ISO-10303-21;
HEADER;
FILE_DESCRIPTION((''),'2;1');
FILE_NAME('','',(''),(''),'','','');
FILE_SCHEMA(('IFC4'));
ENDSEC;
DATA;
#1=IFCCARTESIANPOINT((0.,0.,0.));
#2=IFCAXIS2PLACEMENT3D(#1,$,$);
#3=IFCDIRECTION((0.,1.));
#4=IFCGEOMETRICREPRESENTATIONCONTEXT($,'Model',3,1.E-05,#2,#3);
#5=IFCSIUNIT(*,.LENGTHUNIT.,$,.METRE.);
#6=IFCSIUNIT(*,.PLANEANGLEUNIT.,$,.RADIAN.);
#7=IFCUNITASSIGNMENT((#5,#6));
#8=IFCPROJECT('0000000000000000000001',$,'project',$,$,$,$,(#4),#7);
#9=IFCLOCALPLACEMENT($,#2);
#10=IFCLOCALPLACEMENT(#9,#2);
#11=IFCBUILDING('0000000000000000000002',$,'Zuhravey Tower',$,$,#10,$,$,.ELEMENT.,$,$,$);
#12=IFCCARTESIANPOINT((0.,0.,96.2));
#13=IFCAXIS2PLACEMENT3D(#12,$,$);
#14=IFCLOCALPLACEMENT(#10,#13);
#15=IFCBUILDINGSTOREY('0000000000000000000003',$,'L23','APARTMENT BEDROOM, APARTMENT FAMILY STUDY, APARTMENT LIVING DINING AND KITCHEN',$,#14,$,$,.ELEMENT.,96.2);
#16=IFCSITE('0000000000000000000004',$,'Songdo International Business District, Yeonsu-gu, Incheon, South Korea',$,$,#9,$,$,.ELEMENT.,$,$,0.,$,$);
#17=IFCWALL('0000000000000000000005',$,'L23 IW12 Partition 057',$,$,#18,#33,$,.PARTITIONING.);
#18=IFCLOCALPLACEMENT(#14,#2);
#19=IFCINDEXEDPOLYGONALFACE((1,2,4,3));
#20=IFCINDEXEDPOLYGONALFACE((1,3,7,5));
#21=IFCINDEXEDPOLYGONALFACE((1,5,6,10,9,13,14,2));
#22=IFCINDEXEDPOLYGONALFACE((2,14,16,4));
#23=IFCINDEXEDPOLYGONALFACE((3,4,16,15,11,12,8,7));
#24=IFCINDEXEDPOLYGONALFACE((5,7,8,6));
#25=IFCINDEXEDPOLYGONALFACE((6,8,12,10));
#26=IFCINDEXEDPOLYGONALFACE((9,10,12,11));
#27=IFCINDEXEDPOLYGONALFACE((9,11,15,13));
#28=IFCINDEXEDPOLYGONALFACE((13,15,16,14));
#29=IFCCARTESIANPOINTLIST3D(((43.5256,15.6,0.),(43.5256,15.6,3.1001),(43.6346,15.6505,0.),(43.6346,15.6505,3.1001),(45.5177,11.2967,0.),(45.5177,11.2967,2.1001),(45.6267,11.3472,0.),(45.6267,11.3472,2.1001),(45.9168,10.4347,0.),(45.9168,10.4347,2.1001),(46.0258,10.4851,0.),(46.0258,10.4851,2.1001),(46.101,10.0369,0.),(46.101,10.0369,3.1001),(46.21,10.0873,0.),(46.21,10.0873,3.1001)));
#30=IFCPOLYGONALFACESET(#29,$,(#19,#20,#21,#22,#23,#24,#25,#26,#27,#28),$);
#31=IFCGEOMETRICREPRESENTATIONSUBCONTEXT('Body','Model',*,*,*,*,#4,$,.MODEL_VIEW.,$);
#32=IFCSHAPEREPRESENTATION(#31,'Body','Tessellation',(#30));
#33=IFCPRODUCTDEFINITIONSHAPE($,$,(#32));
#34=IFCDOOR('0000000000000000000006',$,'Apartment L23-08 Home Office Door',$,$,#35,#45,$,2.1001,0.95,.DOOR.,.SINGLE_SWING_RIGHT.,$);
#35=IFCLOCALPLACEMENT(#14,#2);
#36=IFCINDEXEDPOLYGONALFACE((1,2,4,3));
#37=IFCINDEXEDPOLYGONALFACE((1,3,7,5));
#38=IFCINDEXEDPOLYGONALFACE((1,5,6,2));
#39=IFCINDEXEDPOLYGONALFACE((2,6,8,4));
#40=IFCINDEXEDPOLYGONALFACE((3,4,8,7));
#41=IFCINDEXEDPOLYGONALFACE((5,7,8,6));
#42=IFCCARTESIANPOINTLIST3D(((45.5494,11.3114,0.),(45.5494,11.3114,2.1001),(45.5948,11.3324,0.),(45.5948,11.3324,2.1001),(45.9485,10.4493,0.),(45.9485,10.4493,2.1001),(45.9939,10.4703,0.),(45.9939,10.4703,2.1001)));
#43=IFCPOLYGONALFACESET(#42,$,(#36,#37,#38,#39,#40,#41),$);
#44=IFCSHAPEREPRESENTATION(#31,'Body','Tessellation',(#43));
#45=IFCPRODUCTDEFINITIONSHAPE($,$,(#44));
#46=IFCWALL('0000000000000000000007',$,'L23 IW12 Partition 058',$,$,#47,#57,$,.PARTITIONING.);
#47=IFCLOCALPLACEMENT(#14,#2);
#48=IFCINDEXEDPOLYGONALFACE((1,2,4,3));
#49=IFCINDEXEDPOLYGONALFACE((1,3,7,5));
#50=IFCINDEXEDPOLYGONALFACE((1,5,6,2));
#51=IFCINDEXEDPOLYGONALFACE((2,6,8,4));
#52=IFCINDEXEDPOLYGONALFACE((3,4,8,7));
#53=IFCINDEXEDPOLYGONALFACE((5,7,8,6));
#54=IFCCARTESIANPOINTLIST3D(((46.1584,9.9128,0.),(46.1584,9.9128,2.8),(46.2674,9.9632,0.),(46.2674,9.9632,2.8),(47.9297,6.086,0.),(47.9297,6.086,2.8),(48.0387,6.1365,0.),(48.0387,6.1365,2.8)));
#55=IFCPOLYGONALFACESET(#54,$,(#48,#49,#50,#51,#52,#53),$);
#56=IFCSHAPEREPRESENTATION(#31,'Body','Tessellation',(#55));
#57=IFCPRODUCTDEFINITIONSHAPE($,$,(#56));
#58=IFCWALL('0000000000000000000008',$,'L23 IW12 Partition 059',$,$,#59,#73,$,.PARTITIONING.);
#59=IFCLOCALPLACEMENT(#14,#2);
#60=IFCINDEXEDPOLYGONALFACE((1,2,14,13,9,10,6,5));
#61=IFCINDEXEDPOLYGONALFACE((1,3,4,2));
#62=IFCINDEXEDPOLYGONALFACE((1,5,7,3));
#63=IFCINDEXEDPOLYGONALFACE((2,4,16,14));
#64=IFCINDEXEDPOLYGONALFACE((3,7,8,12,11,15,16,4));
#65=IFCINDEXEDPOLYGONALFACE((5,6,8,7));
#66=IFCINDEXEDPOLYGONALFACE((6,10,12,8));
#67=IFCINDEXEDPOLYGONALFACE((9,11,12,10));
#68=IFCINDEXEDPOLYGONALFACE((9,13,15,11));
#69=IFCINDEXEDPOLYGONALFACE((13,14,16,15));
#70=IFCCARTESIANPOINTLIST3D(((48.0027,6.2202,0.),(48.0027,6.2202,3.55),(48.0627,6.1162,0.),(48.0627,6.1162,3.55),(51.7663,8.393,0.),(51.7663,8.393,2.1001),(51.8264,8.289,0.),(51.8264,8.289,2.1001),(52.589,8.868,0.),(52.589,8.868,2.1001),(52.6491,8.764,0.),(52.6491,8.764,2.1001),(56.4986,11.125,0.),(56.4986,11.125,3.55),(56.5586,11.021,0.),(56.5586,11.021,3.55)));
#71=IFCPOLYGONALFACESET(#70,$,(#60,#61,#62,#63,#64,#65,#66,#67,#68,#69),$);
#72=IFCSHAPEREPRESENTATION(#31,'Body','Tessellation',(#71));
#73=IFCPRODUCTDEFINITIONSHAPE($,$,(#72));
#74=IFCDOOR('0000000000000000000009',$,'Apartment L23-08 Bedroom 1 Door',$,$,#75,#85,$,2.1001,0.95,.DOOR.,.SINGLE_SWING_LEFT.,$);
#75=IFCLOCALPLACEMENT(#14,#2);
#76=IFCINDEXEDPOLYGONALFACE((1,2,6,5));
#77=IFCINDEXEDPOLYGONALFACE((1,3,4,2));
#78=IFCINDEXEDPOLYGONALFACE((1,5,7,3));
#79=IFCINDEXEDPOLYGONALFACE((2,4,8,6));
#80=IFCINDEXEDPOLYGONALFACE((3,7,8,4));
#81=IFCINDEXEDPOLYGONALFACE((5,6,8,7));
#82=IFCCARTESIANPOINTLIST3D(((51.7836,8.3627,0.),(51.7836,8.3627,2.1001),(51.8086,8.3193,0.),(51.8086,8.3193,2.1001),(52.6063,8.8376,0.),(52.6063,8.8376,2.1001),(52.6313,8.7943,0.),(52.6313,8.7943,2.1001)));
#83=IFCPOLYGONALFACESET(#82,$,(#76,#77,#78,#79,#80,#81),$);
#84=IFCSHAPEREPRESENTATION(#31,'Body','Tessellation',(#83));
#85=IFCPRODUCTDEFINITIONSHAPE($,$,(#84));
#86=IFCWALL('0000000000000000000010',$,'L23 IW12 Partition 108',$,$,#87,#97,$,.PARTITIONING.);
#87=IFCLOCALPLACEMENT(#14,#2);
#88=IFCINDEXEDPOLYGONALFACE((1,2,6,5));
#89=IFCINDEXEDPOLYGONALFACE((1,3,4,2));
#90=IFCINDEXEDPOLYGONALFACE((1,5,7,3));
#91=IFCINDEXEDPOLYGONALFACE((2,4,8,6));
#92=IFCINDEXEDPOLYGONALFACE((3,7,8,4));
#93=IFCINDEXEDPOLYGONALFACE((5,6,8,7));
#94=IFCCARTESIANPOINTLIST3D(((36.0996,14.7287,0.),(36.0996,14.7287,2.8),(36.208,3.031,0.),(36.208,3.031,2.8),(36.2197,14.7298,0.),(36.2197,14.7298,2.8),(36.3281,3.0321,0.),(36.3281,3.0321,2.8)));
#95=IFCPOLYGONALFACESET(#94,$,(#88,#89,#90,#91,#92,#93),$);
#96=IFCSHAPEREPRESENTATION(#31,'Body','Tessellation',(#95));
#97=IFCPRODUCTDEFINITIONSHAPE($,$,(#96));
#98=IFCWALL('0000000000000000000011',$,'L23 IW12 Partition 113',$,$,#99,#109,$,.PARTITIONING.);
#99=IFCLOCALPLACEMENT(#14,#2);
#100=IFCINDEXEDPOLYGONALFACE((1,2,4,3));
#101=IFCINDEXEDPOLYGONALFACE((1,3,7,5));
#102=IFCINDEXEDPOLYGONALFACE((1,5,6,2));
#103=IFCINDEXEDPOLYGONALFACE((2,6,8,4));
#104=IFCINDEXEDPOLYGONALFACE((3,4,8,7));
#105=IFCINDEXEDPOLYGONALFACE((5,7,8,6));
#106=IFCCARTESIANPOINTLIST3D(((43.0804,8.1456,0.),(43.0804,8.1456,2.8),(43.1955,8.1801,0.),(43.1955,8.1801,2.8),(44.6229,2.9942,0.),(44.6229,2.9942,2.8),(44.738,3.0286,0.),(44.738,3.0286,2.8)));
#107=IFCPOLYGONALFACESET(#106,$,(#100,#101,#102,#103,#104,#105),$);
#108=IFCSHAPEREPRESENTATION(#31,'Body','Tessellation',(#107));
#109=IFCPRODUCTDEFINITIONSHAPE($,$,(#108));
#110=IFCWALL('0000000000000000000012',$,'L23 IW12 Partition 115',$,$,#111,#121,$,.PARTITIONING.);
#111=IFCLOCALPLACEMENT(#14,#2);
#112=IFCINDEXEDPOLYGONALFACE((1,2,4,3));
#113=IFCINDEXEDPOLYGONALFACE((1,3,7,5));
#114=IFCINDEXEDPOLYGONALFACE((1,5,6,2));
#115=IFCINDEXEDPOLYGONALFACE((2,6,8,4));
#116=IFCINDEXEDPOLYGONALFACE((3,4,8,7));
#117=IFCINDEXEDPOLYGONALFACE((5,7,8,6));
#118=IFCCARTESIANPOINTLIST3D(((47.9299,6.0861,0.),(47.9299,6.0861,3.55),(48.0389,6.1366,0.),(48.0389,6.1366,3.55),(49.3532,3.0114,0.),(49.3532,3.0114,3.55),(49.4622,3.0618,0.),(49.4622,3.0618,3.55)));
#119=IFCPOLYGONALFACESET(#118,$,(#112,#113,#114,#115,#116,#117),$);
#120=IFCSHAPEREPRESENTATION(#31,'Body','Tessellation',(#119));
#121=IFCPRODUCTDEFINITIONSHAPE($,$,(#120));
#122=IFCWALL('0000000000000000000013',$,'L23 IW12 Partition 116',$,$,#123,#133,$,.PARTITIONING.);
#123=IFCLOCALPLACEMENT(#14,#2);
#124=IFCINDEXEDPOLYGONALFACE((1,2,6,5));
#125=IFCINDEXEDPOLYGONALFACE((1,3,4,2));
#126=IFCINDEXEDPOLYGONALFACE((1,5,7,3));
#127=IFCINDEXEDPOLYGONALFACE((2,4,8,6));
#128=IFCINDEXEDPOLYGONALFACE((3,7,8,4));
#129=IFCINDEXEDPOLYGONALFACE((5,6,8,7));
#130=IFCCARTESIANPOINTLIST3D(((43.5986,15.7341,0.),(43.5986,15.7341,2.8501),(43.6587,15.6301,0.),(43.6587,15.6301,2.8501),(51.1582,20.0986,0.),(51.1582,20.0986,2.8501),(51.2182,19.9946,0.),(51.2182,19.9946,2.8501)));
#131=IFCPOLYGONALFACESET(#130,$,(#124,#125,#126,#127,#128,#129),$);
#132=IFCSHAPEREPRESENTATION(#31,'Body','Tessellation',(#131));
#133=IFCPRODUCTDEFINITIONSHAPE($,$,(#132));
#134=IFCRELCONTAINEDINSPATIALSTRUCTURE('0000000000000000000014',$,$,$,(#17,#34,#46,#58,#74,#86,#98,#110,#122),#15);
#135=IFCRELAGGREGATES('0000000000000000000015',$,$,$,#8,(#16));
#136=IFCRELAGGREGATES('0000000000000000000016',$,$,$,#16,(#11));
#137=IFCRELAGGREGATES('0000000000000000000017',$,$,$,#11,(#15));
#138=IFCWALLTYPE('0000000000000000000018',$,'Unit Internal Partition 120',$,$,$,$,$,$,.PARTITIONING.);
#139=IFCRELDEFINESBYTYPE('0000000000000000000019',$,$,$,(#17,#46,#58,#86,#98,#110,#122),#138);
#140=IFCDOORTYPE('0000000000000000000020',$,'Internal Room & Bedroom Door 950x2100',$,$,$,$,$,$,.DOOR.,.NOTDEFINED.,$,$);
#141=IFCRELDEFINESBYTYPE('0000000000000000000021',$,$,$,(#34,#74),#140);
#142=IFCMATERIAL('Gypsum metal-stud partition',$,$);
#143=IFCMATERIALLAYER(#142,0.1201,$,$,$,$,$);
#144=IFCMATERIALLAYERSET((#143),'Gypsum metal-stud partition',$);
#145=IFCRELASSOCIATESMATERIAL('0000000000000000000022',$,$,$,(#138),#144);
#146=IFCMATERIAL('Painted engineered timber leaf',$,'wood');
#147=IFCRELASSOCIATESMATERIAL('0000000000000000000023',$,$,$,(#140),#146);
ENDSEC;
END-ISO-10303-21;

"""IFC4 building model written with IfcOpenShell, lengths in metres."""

from ifc_helpers import new_model, si_unit, direction, frame, frame_2d, origin, place, context, subcontext, project, spatial, rectangle, extrude, material, layer, layer_set, type_object, element, fill, save


model = new_model("IFC4")

# Units and contexts
model_context = context("Model", 3, precision=1e-05, world=origin(), true_north=direction((0.0, 1.0)))
body_context = subcontext(model_context, "Body", "Model", "MODEL_VIEW")
ifc_project = project(units=[si_unit("LENGTHUNIT", "METRE"), si_unit("PLANEANGLEUNIT", "RADIAN")], contexts=[model_context])

# Site, building, storey
site_placement = place(None, origin())
site = spatial("IfcSite", under=ifc_project, at=site_placement, Name="Songdo International Business District, Yeonsu-gu, Incheon, South Korea", CompositionType="ELEMENT", RefElevation=0.0)
building_placement = place(site_placement, origin())
building = spatial("IfcBuilding", under=site, at=building_placement, Name="Zuhravey Tower", CompositionType="ELEMENT")
storey_placement = place(building_placement, frame((0.0, 0.0, 96.2)))
storey = spatial("IfcBuildingStorey", under=building, at=storey_placement, Name="L23", Description="APARTMENT BEDROOM, APARTMENT FAMILY STUDY, APARTMENT LIVING DINING AND KITCHEN", CompositionType="ELEMENT", Elevation=96.2)

# Shared definitions
ifc_material_1 = material(Name="Gypsum metal-stud partition")
ifc_layer_1 = layer(ifc_material_1, 0.1201)
ifc_layer_set_1 = layer_set([ifc_layer_1], Name="Gypsum metal-stud partition")
wall_type_1 = type_object("IfcWallType", Name="Unit Internal Partition 120", PredefinedType="PARTITIONING", material=ifc_layer_set_1)
ifc_material_2 = material(Name="Painted engineered timber leaf", Category="wood")
door_type_1 = type_object("IfcDoorType", Name="Internal Room & Bedroom Door 950x2100", OperationType="NOTDEFINED", PredefinedType="DOOR", material=ifc_material_2)

# Wall, opening, door
wall_1_placement = place(storey_placement, frame((43.5801, 15.6252, 0.0), z_axis=(0.0, 0.0, 1.0), x_axis=(0.420106, -0.907475, 0.0)))
wall_1 = element("IfcWall", 1, at=wall_1_placement, inside=storey, type_object=wall_type_1, Name="L23 IW12 Partition 057", PredefinedType="PARTITIONING", context=body_context, shape_type="SweptSolid", body=[
    extrude(rectangle(XDim=6.1304, YDim=0.1201, at=frame_2d((3.0652, 0.0))), origin(), (0.0, 0.0, 1.0), 3.1001),
])
opening_1_placement = place(wall_1_placement, frame((4.7419, 0.0, 0.0)))
opening_1 = element("IfcOpeningElement", 2, at=opening_1_placement, cuts=wall_1, PredefinedType="OPENING", context=body_context, shape_type="SweptSolid", body=[
    extrude(rectangle(XDim=0.95, YDim=2.1001, at=frame_2d((0.4751, 1.05))), frame((0.0, 0.072, 0.0), z_axis=(0.0, -1.0, 0.0), x_axis=(1.0, 0.0, 0.0)), (0.0, 0.0, 1.0), 0.144),
])
door_1_placement = place(opening_1_placement, origin())
door_1 = element("IfcDoor", 3, at=door_1_placement, inside=storey, type_object=door_type_1, Name="Apartment L23-08 Home Office Door", OperationType="SINGLE_SWING_RIGHT", OverallHeight=2.1001, OverallWidth=0.95, PredefinedType="DOOR", context=body_context, shape_type="SweptSolid", body=[
    extrude(rectangle(XDim=0.95, YDim=2.1001, at=frame_2d((0.4751, 1.05))), frame((0.0, 0.0249, 0.0), z_axis=(0.0, -1.0, 0.0), x_axis=(1.0, 0.0, 0.0)), (0.0, 0.0, 1.0), 0.05),
])
fill(opening_1, door_1)

# Wall
wall_2_placement = place(storey_placement, frame((46.2129, 9.938, 0.0), z_axis=(0.0, 0.0, 1.0), x_axis=(0.420053, -0.9075, 0.0)))
element("IfcWall", 4, at=wall_2_placement, inside=storey, type_object=wall_type_1, Name="L23 IW12 Partition 058", PredefinedType="PARTITIONING", context=body_context, shape_type="SweptSolid", body=[
    extrude(rectangle(XDim=4.2168, YDim=0.1201, at=frame_2d((2.1084, 0.0))), origin(), (0.0, 0.0, 1.0), 2.8),
])

# Wall, opening, door
wall_3_placement = place(storey_placement, frame((48.0327, 6.1682, 0.0), z_axis=(0.0, 0.0, 1.0), x_axis=(0.866038, 0.499977, 0.0)))
wall_3 = element("IfcWall", 5, at=wall_3_placement, inside=storey, type_object=wall_type_1, Name="L23 IW12 Partition 059", PredefinedType="PARTITIONING", context=body_context, shape_type="SweptSolid", body=[
    extrude(rectangle(XDim=9.8101, YDim=0.1201, at=frame_2d((4.905, 0.0))), origin(), (0.0, 0.0, 1.0), 3.55),
])
opening_2_placement = place(wall_3_placement, frame((4.3457, 0.0, 0.0)))
opening_2 = element("IfcOpeningElement", 6, at=opening_2_placement, cuts=wall_3, PredefinedType="OPENING", context=body_context, shape_type="SweptSolid", body=[
    extrude(rectangle(XDim=0.95, YDim=2.1001, at=frame_2d((0.4751, 1.05))), frame((0.0, 0.072, 0.0), z_axis=(0.0, -1.0, 0.0), x_axis=(1.0, 0.0, 0.0)), (0.0, 0.0, 1.0), 0.144),
])
door_2_placement = place(opening_2_placement, frame((0.95, 0.0, 0.0), z_axis=(0.0, 0.0, 1.0), x_axis=(-1.0, 0.0, 0.0)))
door_2 = element("IfcDoor", 7, at=door_2_placement, inside=storey, type_object=door_type_1, Name="Apartment L23-08 Bedroom 1 Door", OperationType="SINGLE_SWING_LEFT", OverallHeight=2.1001, OverallWidth=0.95, PredefinedType="DOOR", context=body_context, shape_type="SweptSolid", body=[
    extrude(rectangle(XDim=0.95, YDim=2.1001, at=frame_2d((0.4751, 1.05))), frame((0.0, 0.0249, 0.0), z_axis=(0.0, -1.0, 0.0), x_axis=(1.0, 0.0, 0.0)), (0.0, 0.0, 1.0), 0.05),
])
fill(opening_2, door_2)

# Walls
wall_4_placement = place(storey_placement, frame((36.1597, 14.7292, 0.0), z_axis=(0.0, 0.0, 1.0), x_axis=(0.009266, -0.999957, 0.0)))
element("IfcWall", 8, at=wall_4_placement, inside=storey, type_object=wall_type_1, Name="L23 IW12 Partition 108", PredefinedType="PARTITIONING", context=body_context, shape_type="SweptSolid", body=[
    extrude(rectangle(XDim=11.6982, YDim=0.1201, at=frame_2d((5.8491, 0.0))), origin(), (0.0, 0.0, 1.0), 2.8),
])
wall_5_placement = place(storey_placement, frame((43.1379, 8.1628, 0.0), z_axis=(0.0, 0.0, 1.0), x_axis=(0.286848, -0.957976, 0.0)))
element("IfcWall", 9, at=wall_5_placement, inside=storey, type_object=wall_type_1, Name="L23 IW12 Partition 113", PredefinedType="PARTITIONING", context=body_context, shape_type="SweptSolid", body=[
    extrude(rectangle(XDim=5.3774, YDim=0.1201, at=frame_2d((2.6887, 0.0))), origin(), (0.0, 0.0, 1.0), 2.8),
])
wall_6_placement = place(storey_placement, frame((47.9844, 6.1113, 0.0), z_axis=(0.0, 0.0, 1.0), x_axis=(0.420091, -0.907482, 0.0)))
element("IfcWall", 10, at=wall_6_placement, inside=storey, type_object=wall_type_1, Name="L23 IW12 Partition 115", PredefinedType="PARTITIONING", context=body_context, shape_type="SweptSolid", body=[
    extrude(rectangle(XDim=3.3882, YDim=0.1201, at=frame_2d((1.6941, 0.0))), origin(), (0.0, 0.0, 1.0), 3.55),
])
wall_7_placement = place(storey_placement, frame((43.6287, 15.6821, 0.0), z_axis=(0.0, 0.0, 1.0), x_axis=(0.866026, 0.499998, 0.0)))
element("IfcWall", 11, at=wall_7_placement, inside=storey, type_object=wall_type_1, Name="L23 IW12 Partition 116", PredefinedType="PARTITIONING", context=body_context, shape_type="SweptSolid", body=[
    extrude(rectangle(XDim=8.729, YDim=0.1201, at=frame_2d((4.3645, 0.0))), origin(), (0.0, 0.0, 1.0), 2.8501),
])

save(model, "model.ifc")
